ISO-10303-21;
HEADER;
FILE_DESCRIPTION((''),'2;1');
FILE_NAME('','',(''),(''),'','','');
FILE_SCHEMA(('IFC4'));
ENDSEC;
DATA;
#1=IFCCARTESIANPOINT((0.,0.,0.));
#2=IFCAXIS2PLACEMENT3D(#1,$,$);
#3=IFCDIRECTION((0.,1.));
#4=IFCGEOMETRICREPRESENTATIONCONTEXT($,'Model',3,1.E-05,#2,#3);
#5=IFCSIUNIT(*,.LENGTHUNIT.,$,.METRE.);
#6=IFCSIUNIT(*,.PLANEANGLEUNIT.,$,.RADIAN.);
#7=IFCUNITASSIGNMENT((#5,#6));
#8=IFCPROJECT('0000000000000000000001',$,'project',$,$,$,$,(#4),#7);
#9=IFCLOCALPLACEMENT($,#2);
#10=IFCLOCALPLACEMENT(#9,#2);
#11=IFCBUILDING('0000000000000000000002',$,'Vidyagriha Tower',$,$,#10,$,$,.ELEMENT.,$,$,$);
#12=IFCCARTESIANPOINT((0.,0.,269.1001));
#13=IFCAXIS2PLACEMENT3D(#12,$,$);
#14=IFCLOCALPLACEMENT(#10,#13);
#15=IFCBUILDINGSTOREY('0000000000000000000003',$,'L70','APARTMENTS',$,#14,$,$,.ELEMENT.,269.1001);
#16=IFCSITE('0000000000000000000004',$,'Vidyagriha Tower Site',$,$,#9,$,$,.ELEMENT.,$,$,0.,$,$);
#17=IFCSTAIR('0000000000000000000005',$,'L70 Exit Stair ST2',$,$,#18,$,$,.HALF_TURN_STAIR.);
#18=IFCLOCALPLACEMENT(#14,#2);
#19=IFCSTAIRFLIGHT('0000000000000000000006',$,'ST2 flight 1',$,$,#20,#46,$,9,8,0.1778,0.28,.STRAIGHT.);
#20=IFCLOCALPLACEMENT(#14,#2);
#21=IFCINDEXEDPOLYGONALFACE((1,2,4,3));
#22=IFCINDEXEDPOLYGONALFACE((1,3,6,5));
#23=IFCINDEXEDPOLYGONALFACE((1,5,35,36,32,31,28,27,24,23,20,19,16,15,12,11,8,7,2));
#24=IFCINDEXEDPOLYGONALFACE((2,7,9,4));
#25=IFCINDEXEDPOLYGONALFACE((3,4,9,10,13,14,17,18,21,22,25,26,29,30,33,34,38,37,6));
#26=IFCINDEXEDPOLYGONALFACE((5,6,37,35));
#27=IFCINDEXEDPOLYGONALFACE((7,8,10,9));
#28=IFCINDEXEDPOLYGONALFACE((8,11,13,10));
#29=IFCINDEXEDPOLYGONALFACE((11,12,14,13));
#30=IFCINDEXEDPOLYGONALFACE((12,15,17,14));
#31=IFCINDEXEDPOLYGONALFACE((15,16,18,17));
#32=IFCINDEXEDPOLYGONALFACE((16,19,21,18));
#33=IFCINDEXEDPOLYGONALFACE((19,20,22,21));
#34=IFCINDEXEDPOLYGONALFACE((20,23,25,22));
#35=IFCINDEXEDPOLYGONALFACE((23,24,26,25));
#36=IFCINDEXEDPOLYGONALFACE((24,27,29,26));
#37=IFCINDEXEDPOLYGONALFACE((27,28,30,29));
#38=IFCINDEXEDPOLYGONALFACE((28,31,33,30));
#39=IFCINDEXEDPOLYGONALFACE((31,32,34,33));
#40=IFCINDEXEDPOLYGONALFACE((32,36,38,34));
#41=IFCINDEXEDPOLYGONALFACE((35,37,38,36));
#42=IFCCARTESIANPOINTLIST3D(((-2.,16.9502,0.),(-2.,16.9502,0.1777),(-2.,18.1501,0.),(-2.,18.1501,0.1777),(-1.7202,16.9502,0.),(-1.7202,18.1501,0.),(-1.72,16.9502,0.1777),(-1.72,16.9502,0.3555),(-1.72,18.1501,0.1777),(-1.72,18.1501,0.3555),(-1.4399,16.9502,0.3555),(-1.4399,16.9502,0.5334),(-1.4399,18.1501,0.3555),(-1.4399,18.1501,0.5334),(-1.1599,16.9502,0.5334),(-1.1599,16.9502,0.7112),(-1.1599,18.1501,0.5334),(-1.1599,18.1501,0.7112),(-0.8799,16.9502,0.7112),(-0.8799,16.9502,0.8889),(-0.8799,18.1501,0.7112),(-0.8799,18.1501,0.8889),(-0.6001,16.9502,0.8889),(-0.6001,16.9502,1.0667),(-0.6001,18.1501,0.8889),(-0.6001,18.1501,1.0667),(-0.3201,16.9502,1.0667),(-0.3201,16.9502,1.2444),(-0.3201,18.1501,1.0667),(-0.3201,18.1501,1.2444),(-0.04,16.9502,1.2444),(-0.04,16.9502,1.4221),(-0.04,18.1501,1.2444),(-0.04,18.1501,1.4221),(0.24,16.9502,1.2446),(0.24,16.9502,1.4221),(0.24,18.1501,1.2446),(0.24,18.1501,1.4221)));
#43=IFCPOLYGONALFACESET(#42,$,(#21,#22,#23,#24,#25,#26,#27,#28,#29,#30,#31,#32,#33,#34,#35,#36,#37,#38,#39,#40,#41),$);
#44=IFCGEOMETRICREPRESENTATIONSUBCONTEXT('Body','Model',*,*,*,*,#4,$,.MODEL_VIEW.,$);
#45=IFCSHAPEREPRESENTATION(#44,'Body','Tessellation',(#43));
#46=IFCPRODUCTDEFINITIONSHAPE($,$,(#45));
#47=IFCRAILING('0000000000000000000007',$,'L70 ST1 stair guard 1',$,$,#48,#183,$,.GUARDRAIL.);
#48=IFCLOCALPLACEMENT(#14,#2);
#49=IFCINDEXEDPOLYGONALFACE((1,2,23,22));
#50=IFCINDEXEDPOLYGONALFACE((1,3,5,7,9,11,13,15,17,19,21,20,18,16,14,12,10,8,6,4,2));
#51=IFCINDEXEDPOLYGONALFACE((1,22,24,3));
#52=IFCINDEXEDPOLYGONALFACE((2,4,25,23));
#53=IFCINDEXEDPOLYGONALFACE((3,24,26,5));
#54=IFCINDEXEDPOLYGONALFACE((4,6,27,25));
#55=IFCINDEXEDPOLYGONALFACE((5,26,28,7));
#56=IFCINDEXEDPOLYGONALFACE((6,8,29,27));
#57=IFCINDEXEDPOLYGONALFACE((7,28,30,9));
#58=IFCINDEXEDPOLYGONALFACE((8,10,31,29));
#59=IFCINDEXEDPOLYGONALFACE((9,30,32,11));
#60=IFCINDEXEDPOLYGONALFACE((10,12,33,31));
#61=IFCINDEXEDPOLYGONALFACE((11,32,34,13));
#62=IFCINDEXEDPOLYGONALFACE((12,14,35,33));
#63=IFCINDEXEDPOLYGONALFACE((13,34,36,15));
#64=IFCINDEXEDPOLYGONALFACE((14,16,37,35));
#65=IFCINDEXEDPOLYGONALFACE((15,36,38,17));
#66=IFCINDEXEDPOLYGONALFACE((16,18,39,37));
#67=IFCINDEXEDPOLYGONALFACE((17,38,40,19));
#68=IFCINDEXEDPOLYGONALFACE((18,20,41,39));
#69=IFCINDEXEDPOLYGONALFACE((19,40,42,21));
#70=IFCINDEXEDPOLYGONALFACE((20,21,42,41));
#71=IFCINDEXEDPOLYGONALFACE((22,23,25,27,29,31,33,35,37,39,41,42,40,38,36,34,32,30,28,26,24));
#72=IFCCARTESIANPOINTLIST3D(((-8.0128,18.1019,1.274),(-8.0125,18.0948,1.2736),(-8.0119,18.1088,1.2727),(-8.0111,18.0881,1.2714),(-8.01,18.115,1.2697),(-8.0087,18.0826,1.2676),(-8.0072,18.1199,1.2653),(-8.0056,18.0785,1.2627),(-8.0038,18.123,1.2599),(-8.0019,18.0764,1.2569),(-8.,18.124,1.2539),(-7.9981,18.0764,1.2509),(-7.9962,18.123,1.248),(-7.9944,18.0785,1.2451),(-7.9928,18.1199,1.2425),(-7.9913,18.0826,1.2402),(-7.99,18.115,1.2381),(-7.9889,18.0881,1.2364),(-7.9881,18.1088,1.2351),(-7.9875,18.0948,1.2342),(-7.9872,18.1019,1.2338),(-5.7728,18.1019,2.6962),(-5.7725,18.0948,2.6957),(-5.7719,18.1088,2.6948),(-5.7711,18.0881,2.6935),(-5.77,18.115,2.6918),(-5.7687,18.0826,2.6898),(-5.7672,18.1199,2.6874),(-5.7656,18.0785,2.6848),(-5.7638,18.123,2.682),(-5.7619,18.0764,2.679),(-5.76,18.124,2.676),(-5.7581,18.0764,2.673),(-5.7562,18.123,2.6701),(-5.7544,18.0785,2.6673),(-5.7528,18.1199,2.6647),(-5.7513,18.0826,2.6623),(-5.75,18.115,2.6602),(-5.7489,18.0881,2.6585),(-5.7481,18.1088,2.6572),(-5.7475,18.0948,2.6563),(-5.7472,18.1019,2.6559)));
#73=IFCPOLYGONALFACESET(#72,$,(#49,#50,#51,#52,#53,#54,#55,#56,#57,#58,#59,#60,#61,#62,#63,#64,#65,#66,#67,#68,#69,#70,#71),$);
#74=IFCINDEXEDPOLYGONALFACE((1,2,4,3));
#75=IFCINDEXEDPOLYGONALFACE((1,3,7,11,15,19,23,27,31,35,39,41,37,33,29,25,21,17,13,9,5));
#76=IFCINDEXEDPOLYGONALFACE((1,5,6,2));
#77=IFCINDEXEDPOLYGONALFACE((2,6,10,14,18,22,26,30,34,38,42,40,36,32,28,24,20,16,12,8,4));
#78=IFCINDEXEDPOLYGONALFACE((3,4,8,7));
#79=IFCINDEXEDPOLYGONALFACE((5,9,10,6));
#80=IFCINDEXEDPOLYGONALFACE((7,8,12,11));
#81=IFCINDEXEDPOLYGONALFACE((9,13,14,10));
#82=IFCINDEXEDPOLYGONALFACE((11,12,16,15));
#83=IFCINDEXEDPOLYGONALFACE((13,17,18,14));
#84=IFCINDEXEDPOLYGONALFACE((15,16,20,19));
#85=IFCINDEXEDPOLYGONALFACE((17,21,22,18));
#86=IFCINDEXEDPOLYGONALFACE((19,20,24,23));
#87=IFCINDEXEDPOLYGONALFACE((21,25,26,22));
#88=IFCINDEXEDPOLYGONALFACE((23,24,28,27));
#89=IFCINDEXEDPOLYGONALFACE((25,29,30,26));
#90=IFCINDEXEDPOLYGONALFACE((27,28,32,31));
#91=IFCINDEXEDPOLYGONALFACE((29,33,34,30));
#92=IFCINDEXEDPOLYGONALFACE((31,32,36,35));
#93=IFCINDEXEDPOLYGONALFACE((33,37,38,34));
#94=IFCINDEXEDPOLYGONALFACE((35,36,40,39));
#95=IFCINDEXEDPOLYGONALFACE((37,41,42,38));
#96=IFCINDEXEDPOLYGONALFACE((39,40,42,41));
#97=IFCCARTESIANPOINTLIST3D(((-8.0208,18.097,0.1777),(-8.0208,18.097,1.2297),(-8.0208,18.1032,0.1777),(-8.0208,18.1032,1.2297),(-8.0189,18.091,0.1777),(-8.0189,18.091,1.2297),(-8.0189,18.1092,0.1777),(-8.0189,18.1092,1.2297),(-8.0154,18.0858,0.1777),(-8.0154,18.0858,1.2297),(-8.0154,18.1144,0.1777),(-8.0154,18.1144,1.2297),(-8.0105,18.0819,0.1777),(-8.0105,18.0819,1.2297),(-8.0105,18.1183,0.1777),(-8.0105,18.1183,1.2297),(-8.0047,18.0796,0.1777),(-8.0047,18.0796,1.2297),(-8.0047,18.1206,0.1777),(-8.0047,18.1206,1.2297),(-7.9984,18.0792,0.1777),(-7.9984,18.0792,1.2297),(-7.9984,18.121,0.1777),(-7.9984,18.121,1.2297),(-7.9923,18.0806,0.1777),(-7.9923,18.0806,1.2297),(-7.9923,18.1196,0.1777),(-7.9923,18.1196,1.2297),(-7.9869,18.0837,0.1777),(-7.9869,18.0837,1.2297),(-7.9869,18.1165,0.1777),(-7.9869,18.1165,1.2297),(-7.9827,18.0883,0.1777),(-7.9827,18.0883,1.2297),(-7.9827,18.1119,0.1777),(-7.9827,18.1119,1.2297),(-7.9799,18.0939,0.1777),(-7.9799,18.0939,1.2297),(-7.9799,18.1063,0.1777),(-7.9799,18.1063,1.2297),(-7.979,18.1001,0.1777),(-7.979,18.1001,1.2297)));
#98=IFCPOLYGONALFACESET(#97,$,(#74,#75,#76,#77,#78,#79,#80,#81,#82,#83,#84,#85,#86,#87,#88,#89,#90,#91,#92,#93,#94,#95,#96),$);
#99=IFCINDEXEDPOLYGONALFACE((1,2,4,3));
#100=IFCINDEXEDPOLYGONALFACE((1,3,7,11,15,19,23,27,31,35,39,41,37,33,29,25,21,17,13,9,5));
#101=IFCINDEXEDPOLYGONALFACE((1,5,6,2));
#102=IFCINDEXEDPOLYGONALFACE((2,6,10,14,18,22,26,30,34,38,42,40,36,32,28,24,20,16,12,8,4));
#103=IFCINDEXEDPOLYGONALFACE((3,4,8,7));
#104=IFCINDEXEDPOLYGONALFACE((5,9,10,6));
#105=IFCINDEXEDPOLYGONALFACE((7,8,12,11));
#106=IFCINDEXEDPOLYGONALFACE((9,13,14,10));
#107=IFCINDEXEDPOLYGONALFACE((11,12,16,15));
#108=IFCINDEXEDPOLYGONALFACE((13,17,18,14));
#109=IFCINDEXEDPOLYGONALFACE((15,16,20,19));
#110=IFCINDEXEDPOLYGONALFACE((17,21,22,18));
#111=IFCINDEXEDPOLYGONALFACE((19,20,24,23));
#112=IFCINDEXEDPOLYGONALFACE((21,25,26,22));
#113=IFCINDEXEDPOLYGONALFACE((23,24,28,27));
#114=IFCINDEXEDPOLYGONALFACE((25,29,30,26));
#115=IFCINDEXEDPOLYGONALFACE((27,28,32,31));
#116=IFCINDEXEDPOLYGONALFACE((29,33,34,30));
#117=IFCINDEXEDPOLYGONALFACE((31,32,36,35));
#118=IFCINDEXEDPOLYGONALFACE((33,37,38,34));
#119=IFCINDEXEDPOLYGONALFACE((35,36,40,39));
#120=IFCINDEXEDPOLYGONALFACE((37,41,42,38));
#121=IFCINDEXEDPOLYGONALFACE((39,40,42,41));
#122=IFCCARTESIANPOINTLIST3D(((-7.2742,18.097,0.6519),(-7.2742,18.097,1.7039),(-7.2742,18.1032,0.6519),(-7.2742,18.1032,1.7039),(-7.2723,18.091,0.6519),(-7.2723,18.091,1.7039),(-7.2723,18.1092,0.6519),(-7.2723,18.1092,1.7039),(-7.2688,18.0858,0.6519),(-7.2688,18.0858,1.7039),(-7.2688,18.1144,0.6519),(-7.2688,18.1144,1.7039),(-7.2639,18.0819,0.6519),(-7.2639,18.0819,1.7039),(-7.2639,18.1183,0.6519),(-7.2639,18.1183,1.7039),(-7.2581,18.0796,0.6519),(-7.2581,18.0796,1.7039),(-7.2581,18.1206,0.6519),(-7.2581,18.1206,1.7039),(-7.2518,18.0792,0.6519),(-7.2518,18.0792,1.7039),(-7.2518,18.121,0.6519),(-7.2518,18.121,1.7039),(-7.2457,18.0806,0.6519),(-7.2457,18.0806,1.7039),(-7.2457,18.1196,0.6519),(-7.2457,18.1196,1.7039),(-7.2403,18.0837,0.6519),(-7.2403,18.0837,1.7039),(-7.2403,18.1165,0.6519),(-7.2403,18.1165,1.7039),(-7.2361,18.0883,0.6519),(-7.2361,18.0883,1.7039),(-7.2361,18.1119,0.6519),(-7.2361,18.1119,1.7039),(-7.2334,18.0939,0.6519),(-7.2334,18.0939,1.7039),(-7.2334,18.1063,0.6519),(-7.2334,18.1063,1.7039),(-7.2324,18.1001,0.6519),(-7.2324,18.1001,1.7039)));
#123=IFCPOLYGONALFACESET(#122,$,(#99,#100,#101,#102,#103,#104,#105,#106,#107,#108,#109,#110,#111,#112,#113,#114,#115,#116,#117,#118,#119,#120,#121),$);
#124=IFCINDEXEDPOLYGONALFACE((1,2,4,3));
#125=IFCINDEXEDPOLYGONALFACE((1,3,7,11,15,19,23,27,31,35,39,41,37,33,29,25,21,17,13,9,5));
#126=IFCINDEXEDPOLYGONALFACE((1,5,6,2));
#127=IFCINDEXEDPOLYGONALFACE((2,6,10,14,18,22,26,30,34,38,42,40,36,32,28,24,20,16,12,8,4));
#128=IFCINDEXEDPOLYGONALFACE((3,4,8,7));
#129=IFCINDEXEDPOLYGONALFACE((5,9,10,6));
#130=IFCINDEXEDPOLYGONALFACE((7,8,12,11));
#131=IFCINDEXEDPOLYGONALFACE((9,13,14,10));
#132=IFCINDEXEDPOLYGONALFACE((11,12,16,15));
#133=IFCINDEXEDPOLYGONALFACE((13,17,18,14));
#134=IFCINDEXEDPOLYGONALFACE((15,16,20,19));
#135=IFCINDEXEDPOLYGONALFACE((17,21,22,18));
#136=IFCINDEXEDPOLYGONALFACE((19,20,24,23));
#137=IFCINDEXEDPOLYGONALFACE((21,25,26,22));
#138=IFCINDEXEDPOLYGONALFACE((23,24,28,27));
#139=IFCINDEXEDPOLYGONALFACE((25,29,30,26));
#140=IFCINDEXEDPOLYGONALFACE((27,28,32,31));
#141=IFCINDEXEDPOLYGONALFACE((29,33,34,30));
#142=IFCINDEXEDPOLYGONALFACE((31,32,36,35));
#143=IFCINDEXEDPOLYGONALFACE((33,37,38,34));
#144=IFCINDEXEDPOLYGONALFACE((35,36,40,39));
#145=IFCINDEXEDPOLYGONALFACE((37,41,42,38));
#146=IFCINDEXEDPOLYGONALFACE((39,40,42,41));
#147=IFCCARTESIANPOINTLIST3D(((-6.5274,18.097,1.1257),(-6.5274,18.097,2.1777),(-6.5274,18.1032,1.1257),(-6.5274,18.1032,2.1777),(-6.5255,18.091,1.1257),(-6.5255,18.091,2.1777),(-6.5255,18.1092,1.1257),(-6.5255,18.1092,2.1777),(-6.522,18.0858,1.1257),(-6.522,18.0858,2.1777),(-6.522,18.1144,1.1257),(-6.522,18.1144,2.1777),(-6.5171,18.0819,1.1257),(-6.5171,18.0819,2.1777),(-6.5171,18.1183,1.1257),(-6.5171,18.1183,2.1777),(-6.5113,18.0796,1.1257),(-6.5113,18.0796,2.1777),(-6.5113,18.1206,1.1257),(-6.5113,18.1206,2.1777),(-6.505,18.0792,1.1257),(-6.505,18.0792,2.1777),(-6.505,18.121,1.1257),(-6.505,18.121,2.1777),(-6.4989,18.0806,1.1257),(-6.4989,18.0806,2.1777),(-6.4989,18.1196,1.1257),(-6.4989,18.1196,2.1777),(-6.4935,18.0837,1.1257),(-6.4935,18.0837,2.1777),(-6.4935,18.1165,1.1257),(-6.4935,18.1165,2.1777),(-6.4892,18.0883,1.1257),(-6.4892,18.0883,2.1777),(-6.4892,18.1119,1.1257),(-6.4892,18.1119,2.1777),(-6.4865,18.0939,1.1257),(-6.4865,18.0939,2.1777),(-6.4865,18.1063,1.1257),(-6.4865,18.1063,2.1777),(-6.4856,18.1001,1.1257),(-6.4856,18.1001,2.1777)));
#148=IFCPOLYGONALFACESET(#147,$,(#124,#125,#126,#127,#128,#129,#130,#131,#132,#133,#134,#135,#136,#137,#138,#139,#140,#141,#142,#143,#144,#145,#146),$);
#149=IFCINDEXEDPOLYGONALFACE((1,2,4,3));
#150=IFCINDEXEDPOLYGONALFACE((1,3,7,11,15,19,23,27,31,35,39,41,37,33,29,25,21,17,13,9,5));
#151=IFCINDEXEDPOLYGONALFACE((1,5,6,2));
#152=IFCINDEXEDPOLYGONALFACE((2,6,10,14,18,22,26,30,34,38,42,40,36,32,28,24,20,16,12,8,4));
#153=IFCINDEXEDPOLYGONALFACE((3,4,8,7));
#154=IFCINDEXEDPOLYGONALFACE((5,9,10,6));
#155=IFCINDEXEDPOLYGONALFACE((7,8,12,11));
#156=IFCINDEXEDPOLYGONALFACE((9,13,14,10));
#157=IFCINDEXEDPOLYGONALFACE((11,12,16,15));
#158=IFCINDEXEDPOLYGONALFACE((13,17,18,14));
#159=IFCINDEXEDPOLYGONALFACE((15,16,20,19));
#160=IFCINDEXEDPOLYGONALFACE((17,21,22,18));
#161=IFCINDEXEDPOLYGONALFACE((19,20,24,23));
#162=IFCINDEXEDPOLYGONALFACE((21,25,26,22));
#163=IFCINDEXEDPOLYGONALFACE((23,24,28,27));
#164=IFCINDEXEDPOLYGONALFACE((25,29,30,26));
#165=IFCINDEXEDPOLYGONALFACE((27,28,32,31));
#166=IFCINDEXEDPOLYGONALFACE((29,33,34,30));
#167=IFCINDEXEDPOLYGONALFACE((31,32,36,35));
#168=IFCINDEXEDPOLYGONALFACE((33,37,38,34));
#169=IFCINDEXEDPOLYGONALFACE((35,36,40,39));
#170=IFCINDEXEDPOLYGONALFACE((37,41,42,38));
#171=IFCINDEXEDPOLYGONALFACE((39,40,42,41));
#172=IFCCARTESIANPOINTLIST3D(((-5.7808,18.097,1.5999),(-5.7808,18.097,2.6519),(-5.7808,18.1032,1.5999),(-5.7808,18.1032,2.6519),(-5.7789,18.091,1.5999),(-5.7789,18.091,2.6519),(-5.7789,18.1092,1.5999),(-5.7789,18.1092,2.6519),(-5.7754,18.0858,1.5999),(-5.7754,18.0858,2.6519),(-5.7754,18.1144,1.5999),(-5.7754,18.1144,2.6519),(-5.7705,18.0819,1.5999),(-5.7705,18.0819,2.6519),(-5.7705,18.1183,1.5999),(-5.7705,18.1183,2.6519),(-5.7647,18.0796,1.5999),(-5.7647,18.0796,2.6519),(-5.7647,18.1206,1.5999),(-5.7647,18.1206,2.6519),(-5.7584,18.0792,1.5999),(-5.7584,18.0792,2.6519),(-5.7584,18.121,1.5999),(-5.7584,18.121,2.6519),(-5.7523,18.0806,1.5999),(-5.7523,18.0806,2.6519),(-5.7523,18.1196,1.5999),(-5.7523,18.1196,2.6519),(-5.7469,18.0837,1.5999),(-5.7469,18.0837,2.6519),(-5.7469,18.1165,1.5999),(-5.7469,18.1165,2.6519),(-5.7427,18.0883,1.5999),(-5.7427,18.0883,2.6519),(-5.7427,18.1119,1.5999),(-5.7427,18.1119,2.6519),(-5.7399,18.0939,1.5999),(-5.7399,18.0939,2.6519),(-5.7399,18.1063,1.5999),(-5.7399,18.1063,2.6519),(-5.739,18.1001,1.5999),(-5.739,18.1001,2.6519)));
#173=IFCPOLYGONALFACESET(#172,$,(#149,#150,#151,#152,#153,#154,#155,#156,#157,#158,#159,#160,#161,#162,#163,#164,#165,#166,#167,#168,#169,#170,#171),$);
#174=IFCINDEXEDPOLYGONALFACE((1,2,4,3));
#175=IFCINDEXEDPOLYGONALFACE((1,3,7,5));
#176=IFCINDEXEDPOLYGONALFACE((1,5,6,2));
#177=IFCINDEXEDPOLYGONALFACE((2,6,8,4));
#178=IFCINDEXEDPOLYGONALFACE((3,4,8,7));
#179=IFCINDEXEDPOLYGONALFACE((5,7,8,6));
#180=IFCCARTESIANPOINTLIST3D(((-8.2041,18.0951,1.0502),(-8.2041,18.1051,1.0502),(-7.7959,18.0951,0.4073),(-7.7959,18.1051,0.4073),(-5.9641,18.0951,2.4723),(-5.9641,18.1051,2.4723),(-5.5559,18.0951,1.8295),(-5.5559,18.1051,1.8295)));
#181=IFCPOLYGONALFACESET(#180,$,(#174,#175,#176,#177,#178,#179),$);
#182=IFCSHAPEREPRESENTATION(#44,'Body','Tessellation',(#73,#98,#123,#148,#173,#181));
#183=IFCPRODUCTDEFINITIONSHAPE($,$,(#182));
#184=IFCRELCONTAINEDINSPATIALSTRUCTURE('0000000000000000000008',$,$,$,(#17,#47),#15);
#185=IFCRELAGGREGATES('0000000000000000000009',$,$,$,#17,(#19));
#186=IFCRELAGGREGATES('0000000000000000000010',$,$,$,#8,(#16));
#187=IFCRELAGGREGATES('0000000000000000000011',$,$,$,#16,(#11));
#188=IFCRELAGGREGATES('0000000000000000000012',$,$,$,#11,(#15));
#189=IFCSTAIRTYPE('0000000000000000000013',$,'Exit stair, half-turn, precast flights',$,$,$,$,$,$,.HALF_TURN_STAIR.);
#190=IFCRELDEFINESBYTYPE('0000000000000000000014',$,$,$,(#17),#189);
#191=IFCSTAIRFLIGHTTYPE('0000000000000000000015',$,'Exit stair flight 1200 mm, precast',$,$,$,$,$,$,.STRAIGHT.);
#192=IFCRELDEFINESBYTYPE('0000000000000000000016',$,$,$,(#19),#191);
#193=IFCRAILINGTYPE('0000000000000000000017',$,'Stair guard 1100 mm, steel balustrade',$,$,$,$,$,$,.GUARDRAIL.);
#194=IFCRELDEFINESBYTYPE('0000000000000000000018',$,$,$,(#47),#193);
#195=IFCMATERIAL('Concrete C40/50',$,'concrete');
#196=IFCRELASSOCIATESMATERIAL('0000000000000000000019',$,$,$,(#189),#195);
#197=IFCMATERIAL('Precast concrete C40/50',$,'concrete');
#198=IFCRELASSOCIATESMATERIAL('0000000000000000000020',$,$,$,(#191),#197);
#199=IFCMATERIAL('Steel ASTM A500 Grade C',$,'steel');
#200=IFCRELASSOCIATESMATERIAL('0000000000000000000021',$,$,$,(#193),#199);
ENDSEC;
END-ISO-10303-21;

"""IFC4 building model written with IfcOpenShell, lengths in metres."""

from ifc_helpers import new_model, si_unit, direction, frame, origin, origin_2d, place, context, subcontext, project, spatial, polyline, rectangle, circle, outline, extrude, material, type_object, element, aggregate, save


model = new_model("IFC4")

# Units and contexts
model_context = context("Model", 3, precision=1e-05, world=origin(), true_north=direction((0.0, 1.0)))
body_context = subcontext(model_context, "Body", "Model", "MODEL_VIEW")
ifc_project = project(units=[si_unit("LENGTHUNIT", "METRE"), si_unit("PLANEANGLEUNIT", "RADIAN")], contexts=[model_context])

# Site, building, storey
site_placement = place(None, origin())
site = spatial("IfcSite", under=ifc_project, at=site_placement, Name="Vidyagriha Tower Site", CompositionType="ELEMENT", RefElevation=0.0)
building_placement = place(site_placement, origin())
building = spatial("IfcBuilding", under=site, at=building_placement, Name="Vidyagriha Tower", CompositionType="ELEMENT")
storey_placement = place(building_placement, frame((0.0, 0.0, 269.1001)))
storey = spatial("IfcBuildingStorey", under=building, at=storey_placement, Name="L70", Description="APARTMENTS", CompositionType="ELEMENT", Elevation=269.1001)

# Stair, stair flight
ifc_material_1 = material(Name="Concrete C40/50", Category="concrete")
stair_type = type_object("IfcStairType", Name="Exit stair, half-turn, precast flights", PredefinedType="HALF_TURN_STAIR", material=ifc_material_1)
ifc_material_2 = material(Name="Precast concrete C40/50", Category="concrete")
stair_flight_type = type_object("IfcStairFlightType", Name="Exit stair flight 1200 mm, precast", PredefinedType="STRAIGHT", material=ifc_material_2)
stair_1_placement = place(storey_placement, origin())
stair_1 = element("IfcStair", 1, at=stair_1_placement, inside=storey, type_object=stair_type, Name="L70 Exit Stair ST2", PredefinedType="HALF_TURN_STAIR")
stair_flight_1_placement = place(storey_placement, frame((-2.0, 17.55, 0.0)))
stair_flight_1 = element("IfcStairFlight", 2, at=stair_flight_1_placement, type_object=stair_flight_type, Name="ST2 flight 1", NumberOfRisers=9, NumberOfTreads=8, PredefinedType="STRAIGHT", RiserHeight=0.1778, TreadLength=0.28, context=body_context, shape_type="SweptSolid", body=[
    extrude(outline(polyline([(0.0, 0.0), (0.0, 0.1777), (0.28, 0.1777), (0.28, 0.3555), (0.5601, 0.3555), (0.5601, 0.5334), (0.8401, 0.5334), (0.8401, 0.7112), (1.1201, 0.7112), (1.1201, 0.8889), (1.3999, 0.8889), (1.3999, 1.0667), (1.6799, 1.0667), (1.6799, 1.2444), (1.96, 1.2444), (1.96, 1.4221), (2.24, 1.4221), (2.24, 1.6001), (2.24, 1.2446), (0.2798, 0.0), (0.0, 0.0)])), frame((0.0, 0.6001, 0.0), z_axis=(0.0, -1.0, 0.0), x_axis=(1.0, 0.0, 0.0)), (0.0, 0.0, 1.0), 1.2),
])
aggregate(stair_1, [stair_flight_1])

# Railing
ifc_material_3 = material(Name="Steel ASTM A500 Grade C", Category="steel")
railing_type_1 = type_object("IfcRailingType", Name="Stair guard 1100 mm, steel balustrade", PredefinedType="GUARDRAIL", material=ifc_material_3)
for number, where, name in (
    (3, (-8.0, 18.1001, 0.1777), "L70 ST1 stair guard 1"),
):
    element("IfcRailing", number, at=place(storey_placement, frame(where)), inside=storey, type_object=railing_type_1, Name=name, PredefinedType="GUARDRAIL", context=body_context, shape_type="SweptSolid", body=[
        extrude(circle(Radius=0.0239, at=origin_2d()), frame((0.0, 0.0, 1.0762), z_axis=(0.844229, 0.0, 0.535982), x_axis=(0.0, 1.0, 0.0)), (0.0, 0.0, 1.0), 2.6533),
        extrude(circle(Radius=0.021, at=origin_2d()), origin(), (0.0, 0.0, 1.0), 1.052),
        extrude(circle(Radius=0.021, at=origin_2d()), frame((0.7466, 0.0, 0.4741)), (0.0, 0.0, 1.0), 1.052),
        extrude(circle(Radius=0.021, at=origin_2d()), frame((1.4934, 0.0, 0.948)), (0.0, 0.0, 1.0), 1.052),
        extrude(circle(Radius=0.021, at=origin_2d()), frame((2.24, 0.0, 1.4221)), (0.0, 0.0, 1.0), 1.052),
        extrude(rectangle(XDim=0.01, YDim=0.7615, at=origin_2d()), frame((0.0, 0.0, 0.551), z_axis=(0.844229, 0.0, 0.535982), x_axis=(0.0, 1.0, 0.0)), (0.0, 0.0, 1.0), 2.6533),
    ])

save(model, "model.ifc")
